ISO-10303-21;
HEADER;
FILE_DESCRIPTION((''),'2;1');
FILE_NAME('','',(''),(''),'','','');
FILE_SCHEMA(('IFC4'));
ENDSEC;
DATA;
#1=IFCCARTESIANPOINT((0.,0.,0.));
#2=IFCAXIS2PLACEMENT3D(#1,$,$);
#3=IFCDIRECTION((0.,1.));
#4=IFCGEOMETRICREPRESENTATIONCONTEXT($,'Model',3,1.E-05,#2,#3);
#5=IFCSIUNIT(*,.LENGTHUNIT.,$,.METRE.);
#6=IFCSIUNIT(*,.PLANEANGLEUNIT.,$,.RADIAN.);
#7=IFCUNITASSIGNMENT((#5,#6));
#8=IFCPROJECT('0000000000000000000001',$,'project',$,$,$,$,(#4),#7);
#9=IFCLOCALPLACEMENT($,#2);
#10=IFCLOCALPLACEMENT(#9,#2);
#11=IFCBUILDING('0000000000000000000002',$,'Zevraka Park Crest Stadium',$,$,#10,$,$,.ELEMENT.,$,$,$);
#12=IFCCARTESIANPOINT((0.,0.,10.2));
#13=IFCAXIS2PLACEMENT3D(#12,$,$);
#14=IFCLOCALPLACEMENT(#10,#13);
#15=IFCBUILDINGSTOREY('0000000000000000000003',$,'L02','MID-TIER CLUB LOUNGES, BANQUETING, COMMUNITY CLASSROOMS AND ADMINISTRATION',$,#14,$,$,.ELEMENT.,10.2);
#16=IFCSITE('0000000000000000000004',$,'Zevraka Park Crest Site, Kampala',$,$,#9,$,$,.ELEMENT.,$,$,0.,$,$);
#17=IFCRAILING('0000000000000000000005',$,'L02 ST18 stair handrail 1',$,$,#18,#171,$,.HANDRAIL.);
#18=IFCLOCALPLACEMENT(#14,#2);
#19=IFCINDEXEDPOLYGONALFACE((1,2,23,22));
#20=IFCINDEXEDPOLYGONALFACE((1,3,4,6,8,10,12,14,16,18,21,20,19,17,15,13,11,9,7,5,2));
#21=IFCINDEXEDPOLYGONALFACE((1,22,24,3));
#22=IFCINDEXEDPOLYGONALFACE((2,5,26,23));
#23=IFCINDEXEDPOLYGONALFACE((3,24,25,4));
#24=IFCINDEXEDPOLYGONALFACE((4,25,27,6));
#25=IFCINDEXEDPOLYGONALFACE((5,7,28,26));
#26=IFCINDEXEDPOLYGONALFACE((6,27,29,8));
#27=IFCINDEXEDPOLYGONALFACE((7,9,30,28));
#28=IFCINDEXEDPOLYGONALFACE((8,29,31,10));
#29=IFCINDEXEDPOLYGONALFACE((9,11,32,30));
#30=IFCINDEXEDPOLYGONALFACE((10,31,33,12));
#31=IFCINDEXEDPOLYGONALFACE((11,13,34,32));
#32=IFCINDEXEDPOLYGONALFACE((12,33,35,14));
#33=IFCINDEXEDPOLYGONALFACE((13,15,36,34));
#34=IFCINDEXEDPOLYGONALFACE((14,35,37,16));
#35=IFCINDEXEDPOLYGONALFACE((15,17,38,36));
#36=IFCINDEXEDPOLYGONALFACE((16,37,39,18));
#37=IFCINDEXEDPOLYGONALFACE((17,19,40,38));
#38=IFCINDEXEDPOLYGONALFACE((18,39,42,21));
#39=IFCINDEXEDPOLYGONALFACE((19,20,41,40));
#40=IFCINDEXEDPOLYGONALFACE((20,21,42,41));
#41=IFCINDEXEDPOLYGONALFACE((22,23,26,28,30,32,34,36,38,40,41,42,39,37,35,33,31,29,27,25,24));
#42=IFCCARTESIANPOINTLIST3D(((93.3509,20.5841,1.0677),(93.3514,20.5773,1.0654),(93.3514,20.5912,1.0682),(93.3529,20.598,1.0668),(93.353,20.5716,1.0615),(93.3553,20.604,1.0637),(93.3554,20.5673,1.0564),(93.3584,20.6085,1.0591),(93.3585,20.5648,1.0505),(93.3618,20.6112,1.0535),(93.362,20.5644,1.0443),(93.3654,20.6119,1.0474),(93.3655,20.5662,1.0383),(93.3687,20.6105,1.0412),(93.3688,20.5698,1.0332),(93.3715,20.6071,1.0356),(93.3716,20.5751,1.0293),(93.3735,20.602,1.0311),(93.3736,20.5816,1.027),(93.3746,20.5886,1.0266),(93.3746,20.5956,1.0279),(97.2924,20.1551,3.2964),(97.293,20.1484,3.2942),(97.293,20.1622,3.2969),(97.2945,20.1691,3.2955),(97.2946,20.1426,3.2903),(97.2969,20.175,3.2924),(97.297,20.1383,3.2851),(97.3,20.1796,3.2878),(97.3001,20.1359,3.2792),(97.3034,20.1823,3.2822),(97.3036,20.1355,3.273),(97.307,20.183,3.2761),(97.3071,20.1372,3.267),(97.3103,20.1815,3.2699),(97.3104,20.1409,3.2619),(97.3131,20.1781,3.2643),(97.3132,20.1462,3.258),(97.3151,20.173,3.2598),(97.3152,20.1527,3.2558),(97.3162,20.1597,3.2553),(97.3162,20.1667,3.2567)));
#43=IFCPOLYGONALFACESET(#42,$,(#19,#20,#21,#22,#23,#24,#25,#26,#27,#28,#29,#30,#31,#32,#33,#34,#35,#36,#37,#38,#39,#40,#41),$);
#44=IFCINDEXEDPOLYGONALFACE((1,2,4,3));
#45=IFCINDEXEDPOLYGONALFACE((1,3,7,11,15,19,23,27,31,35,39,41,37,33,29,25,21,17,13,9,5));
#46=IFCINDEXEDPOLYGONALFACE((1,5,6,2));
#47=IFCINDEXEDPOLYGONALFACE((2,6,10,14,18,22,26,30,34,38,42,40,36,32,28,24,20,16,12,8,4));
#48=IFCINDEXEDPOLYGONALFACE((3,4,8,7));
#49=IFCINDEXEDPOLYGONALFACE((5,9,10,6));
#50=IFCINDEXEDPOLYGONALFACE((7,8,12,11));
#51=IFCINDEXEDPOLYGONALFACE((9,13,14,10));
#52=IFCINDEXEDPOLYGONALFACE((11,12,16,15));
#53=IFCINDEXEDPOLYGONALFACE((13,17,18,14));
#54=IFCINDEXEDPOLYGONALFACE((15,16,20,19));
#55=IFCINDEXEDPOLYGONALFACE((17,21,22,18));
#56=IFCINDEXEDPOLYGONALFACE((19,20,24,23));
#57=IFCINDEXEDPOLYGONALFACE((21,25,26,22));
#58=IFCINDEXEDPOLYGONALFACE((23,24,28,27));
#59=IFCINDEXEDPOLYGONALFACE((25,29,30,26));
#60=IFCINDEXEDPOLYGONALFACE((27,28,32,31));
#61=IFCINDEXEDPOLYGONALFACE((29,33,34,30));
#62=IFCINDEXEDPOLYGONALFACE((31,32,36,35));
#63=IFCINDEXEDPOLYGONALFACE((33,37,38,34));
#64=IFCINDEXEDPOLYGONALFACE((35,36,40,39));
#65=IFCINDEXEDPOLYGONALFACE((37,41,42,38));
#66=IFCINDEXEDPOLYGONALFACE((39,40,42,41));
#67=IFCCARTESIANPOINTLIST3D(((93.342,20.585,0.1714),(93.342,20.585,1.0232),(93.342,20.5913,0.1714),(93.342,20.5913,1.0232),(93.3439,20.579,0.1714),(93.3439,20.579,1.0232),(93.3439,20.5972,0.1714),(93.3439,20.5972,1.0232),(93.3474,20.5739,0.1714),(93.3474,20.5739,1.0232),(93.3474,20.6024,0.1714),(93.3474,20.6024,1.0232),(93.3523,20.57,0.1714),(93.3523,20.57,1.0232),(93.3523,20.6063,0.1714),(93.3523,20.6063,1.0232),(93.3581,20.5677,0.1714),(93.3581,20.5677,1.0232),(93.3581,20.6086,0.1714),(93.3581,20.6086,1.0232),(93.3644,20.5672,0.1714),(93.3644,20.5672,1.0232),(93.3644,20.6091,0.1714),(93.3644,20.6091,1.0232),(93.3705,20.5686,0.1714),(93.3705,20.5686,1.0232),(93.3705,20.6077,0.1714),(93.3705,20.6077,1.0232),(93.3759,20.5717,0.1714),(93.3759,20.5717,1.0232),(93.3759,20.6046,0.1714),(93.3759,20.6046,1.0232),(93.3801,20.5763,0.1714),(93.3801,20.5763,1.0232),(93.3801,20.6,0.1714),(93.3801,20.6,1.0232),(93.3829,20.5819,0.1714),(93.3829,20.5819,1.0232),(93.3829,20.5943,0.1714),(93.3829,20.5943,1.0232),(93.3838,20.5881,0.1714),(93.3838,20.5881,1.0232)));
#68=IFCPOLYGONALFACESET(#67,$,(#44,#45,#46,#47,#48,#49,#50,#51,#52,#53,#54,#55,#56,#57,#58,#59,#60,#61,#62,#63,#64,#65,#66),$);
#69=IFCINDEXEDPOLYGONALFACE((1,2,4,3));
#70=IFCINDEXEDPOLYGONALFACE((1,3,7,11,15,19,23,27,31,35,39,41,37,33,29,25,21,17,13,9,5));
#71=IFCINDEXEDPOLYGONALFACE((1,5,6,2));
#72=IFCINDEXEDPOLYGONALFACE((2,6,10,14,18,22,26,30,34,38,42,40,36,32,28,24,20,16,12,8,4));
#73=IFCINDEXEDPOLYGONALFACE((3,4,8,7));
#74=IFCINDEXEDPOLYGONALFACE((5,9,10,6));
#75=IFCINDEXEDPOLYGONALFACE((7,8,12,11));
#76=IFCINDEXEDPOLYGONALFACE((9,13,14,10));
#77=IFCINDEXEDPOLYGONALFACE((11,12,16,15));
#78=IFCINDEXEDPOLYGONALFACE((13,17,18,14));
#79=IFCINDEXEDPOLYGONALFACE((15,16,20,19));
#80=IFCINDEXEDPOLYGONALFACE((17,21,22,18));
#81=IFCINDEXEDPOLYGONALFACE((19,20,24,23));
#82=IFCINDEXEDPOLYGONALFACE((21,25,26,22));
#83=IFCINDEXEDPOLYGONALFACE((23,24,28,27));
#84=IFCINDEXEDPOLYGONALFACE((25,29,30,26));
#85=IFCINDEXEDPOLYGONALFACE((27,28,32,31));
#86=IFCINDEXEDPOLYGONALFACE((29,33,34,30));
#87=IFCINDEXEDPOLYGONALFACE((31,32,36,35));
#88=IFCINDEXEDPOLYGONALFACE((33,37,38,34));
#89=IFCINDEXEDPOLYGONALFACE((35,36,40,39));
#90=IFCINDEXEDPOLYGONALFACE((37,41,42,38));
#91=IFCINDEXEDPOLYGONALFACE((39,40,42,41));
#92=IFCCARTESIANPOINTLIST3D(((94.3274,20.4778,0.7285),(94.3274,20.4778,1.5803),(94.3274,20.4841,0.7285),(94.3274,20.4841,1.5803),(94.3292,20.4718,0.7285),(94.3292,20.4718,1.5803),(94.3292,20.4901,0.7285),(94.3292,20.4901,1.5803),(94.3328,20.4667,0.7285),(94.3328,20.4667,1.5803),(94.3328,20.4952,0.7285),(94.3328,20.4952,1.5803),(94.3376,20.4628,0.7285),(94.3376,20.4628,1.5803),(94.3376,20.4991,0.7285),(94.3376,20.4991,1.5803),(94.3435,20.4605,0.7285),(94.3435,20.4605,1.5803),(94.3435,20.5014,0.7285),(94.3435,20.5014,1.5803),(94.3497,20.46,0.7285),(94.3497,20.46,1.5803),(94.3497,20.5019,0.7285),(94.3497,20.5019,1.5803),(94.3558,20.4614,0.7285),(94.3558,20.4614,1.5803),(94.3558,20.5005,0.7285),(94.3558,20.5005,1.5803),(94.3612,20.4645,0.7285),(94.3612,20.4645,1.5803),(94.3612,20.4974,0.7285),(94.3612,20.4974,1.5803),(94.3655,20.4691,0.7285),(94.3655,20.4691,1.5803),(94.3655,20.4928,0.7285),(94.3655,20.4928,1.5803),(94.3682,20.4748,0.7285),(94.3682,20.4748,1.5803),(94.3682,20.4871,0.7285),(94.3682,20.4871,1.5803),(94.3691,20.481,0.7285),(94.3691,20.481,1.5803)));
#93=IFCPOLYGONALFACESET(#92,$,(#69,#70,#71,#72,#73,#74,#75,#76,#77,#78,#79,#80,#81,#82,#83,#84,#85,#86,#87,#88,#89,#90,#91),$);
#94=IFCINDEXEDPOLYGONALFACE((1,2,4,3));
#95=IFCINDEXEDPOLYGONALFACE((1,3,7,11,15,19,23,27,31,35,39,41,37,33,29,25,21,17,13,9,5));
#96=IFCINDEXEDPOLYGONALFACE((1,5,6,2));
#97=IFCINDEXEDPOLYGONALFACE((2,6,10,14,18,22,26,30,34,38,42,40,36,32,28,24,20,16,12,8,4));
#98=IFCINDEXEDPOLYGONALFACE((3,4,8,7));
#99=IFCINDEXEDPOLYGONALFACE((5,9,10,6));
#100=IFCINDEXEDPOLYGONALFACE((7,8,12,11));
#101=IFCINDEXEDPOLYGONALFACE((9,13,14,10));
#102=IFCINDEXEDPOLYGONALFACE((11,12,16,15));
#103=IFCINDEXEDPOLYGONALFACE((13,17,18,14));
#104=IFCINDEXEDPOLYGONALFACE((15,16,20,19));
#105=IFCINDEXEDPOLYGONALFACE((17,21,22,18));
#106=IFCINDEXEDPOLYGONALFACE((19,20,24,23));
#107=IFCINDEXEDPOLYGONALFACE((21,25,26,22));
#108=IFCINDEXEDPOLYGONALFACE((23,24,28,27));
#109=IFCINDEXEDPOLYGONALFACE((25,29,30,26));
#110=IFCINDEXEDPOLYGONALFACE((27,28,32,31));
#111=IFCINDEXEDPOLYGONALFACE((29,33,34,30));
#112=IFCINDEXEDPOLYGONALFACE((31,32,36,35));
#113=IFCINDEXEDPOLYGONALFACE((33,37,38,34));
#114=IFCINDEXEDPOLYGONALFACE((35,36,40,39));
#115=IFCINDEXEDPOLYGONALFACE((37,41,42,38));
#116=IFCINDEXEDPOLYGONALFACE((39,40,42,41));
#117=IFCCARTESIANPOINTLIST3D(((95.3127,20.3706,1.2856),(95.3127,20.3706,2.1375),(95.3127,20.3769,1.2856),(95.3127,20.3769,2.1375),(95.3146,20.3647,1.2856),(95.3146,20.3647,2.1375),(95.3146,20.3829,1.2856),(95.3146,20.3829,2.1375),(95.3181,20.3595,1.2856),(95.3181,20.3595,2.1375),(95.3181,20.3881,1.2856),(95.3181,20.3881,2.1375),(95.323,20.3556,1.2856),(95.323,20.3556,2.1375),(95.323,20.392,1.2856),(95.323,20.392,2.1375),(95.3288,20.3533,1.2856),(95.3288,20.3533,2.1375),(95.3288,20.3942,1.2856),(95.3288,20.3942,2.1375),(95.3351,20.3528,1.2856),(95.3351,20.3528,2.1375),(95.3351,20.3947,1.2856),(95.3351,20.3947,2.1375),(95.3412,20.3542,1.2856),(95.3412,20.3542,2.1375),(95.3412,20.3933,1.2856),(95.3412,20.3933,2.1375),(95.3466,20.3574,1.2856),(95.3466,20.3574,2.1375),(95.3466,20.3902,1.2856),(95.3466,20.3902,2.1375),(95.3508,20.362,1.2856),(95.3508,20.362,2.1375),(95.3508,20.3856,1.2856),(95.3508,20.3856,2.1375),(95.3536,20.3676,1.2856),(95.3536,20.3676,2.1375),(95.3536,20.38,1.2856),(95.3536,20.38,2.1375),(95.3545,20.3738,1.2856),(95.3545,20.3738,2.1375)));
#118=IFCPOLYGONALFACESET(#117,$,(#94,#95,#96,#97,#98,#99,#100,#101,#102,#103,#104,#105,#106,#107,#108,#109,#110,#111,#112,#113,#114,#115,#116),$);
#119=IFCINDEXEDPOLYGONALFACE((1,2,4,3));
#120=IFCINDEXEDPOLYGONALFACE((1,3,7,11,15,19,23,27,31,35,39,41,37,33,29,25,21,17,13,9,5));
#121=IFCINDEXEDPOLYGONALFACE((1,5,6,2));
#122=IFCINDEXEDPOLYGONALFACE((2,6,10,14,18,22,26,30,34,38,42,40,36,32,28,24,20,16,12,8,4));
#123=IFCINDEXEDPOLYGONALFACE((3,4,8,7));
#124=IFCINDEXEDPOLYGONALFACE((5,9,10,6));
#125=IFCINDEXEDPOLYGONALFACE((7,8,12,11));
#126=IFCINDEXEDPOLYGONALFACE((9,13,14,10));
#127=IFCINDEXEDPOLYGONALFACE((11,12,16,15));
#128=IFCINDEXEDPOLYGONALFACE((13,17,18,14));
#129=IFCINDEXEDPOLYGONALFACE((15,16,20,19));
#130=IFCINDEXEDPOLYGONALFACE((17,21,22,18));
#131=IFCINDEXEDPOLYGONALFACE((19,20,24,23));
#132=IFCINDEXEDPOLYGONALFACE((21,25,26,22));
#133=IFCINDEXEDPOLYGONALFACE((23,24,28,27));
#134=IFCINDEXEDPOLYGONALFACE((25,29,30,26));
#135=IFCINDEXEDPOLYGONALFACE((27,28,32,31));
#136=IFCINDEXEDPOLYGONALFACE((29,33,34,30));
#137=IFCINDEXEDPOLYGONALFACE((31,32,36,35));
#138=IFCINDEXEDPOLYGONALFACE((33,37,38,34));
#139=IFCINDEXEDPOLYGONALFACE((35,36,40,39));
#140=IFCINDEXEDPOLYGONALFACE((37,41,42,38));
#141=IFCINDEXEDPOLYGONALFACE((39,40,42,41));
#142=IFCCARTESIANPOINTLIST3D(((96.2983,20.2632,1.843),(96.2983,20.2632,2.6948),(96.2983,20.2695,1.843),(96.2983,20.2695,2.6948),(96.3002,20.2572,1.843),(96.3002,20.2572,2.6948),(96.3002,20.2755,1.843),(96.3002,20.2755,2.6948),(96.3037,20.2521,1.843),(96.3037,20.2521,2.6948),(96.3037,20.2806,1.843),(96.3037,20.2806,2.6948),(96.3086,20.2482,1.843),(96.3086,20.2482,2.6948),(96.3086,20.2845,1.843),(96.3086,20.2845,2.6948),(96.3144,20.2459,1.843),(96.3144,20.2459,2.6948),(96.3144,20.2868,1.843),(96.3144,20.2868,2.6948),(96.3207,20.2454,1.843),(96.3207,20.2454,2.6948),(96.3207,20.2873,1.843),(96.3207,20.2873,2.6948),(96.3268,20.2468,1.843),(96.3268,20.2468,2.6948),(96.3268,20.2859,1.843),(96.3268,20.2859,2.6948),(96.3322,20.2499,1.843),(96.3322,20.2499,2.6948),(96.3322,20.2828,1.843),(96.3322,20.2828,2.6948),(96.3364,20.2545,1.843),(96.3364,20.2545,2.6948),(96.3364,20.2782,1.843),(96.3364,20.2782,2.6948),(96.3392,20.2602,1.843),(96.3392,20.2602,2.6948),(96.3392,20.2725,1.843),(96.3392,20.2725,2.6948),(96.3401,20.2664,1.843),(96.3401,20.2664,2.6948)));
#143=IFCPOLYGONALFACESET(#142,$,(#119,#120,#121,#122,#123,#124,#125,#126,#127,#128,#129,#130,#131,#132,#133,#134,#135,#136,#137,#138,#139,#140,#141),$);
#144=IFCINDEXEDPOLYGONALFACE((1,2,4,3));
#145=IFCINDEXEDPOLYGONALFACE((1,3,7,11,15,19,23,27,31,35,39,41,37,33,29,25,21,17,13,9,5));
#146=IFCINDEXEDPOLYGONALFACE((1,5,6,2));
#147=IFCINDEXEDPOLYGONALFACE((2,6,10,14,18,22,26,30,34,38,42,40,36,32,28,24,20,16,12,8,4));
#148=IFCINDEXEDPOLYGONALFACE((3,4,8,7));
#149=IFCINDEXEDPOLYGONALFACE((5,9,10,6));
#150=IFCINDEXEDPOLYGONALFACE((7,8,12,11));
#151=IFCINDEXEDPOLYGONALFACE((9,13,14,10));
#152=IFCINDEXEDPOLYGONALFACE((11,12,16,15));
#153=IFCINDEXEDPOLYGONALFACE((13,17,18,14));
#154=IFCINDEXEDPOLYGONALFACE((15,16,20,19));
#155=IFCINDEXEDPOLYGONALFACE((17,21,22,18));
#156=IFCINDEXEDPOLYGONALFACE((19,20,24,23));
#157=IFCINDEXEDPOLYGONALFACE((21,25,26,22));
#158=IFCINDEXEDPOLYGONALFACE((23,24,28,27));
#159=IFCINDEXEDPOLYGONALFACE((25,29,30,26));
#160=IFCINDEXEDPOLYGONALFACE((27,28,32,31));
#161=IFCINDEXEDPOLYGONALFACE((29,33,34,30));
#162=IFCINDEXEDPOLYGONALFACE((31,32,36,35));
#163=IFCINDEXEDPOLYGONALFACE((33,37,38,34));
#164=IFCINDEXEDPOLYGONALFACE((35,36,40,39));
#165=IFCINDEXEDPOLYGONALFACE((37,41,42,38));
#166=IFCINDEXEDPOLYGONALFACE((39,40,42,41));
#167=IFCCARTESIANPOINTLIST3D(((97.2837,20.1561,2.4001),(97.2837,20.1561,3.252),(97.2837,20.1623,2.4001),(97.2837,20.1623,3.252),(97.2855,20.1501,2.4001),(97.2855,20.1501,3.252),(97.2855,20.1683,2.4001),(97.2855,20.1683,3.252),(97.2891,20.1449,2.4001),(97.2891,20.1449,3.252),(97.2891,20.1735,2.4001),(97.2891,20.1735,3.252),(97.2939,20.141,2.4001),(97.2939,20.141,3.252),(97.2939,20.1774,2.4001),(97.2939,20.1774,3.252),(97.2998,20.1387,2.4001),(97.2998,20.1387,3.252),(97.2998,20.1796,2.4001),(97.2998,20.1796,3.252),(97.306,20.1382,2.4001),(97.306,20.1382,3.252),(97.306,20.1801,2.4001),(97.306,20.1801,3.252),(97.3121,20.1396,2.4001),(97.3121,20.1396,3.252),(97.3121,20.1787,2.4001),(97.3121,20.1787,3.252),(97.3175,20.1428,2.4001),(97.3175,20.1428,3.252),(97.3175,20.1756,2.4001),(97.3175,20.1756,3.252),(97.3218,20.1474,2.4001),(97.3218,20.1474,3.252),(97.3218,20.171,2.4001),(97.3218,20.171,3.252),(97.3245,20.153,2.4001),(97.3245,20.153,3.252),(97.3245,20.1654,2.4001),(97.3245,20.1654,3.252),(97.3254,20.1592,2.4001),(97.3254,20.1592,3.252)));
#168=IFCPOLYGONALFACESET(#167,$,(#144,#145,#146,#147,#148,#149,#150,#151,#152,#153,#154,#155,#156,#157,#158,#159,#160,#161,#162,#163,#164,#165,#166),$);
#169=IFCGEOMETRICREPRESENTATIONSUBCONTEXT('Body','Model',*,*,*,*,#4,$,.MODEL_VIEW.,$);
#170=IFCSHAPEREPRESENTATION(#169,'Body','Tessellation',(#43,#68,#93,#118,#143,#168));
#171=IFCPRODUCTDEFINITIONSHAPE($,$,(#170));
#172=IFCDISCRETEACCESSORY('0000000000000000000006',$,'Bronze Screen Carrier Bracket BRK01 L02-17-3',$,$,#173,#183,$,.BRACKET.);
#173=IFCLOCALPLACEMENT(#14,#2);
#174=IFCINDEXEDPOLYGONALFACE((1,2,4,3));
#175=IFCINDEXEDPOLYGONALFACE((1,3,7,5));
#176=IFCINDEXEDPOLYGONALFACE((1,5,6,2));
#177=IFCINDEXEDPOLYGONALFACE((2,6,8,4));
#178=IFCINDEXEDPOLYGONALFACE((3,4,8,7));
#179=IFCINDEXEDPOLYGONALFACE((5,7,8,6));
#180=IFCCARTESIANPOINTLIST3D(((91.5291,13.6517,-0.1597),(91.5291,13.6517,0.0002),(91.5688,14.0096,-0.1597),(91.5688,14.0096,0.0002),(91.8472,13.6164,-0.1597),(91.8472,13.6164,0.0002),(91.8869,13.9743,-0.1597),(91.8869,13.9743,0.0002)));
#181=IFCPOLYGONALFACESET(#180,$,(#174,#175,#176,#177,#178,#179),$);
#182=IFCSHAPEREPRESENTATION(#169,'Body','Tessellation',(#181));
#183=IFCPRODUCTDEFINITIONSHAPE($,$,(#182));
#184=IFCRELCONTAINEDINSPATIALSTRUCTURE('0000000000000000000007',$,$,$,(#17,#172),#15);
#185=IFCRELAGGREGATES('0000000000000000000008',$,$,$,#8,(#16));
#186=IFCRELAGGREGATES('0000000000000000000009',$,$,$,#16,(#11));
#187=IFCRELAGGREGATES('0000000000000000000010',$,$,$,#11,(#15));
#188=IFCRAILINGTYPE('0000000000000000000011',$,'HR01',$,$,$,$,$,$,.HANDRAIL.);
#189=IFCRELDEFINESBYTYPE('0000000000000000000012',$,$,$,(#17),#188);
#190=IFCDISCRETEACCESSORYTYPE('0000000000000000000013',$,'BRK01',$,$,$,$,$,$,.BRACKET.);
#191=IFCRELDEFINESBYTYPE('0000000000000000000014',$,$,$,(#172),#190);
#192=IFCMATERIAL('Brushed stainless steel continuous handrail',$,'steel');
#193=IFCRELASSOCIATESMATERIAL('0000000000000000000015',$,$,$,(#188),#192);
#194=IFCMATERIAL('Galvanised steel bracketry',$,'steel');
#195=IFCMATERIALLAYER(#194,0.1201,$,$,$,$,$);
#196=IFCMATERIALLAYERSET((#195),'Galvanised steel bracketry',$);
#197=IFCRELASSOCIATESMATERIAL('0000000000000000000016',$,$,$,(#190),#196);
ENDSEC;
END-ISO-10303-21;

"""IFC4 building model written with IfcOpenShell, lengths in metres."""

from ifc_helpers import new_model, si_unit, direction, frame, origin, origin_2d, place, context, subcontext, project, spatial, rectangle, circle, extrude, material, layer, layer_set, type_object, element, save


model = new_model("IFC4")

# Units and contexts
model_context = context("Model", 3, precision=1e-05, world=origin(), true_north=direction((0.0, 1.0)))
body_context = subcontext(model_context, "Body", "Model", "MODEL_VIEW")
ifc_project = project(units=[si_unit("LENGTHUNIT", "METRE"), si_unit("PLANEANGLEUNIT", "RADIAN")], contexts=[model_context])

# Site, building, storey
site_placement = place(None, origin())
site = spatial("IfcSite", under=ifc_project, at=site_placement, Name="Zevraka Park Crest Site, Kampala", CompositionType="ELEMENT", RefElevation=0.0)
building_placement = place(site_placement, origin())
building = spatial("IfcBuilding", under=site, at=building_placement, Name="Zevraka Park Crest Stadium", CompositionType="ELEMENT")
storey_placement = place(building_placement, frame((0.0, 0.0, 10.2)))
storey = spatial("IfcBuildingStorey", under=building, at=storey_placement, Name="L02", Description="MID-TIER CLUB LOUNGES, BANQUETING, COMMUNITY CLASSROOMS AND ADMINISTRATION", CompositionType="ELEMENT", Elevation=10.2)

# Railing
ifc_material_1 = material(Name="Brushed stainless steel continuous handrail", Category="steel")
railing_type_1 = type_object("IfcRailingType", Name="HR01", PredefinedType="HANDRAIL", material=ifc_material_1)
railing_1_placement = place(storey_placement, frame((93.3628, 20.5881, 0.1714)))
element("IfcRailing", 1, at=railing_1_placement, inside=storey, type_object=railing_type_1, Name="L02 ST18 stair handrail 1", PredefinedType="HANDRAIL", context=body_context, shape_type="SweptSolid", body=[
    extrude(circle(Radius=0.0239, at=origin_2d()), frame((0.0, 0.0, 0.876), z_axis=(0.866601, -0.094309, 0.490009), x_axis=(0.108188, 0.994131, 0.0)), (0.0, 0.0, 1.0), 4.5483),
    extrude(circle(Radius=0.021, at=origin_2d()), origin(), (0.0, 0.0, 1.0), 0.8518),
    extrude(circle(Radius=0.021, at=origin_2d()), frame((0.9854, -0.1072, 0.5571)), (0.0, 0.0, 1.0), 0.8518),
    extrude(circle(Radius=0.021, at=origin_2d()), frame((1.9707, -0.2144, 1.1143)), (0.0, 0.0, 1.0), 0.8518),
    extrude(circle(Radius=0.021, at=origin_2d()), frame((2.9563, -0.3218, 1.6716)), (0.0, 0.0, 1.0), 0.8518),
    extrude(circle(Radius=0.021, at=origin_2d()), frame((3.9417, -0.429, 2.2288)), (0.0, 0.0, 1.0), 0.8518),
])

# Discrete accessory
ifc_material_2 = material(Name="Galvanised steel bracketry", Category="steel")
ifc_layer_1 = layer(ifc_material_2, 0.1201)
ifc_layer_set_1 = layer_set([ifc_layer_1], Name="Galvanised steel bracketry")
discrete_accessory_type = type_object("IfcDiscreteAccessoryType", Name="BRK01", PredefinedType="BRACKET", material=ifc_layer_set_1)
discrete_accessory_placement = place(storey_placement, frame((91.708, 13.813, -0.1597), z_axis=(0.0, 0.0, 1.0), x_axis=(0.993903, -0.110255, 0.0)))
element("IfcDiscreteAccessory", 2, at=discrete_accessory_placement, inside=storey, type_object=discrete_accessory_type, Name="Bronze Screen Carrier Bracket BRK01 L02-17-3", PredefinedType="BRACKET", context=body_context, shape_type="SweptSolid", body=[
    extrude(rectangle(XDim=0.3201, YDim=0.3601, at=origin_2d()), origin(), (0.0, 0.0, 1.0), 0.1599),
])

save(model, "model.ifc")
